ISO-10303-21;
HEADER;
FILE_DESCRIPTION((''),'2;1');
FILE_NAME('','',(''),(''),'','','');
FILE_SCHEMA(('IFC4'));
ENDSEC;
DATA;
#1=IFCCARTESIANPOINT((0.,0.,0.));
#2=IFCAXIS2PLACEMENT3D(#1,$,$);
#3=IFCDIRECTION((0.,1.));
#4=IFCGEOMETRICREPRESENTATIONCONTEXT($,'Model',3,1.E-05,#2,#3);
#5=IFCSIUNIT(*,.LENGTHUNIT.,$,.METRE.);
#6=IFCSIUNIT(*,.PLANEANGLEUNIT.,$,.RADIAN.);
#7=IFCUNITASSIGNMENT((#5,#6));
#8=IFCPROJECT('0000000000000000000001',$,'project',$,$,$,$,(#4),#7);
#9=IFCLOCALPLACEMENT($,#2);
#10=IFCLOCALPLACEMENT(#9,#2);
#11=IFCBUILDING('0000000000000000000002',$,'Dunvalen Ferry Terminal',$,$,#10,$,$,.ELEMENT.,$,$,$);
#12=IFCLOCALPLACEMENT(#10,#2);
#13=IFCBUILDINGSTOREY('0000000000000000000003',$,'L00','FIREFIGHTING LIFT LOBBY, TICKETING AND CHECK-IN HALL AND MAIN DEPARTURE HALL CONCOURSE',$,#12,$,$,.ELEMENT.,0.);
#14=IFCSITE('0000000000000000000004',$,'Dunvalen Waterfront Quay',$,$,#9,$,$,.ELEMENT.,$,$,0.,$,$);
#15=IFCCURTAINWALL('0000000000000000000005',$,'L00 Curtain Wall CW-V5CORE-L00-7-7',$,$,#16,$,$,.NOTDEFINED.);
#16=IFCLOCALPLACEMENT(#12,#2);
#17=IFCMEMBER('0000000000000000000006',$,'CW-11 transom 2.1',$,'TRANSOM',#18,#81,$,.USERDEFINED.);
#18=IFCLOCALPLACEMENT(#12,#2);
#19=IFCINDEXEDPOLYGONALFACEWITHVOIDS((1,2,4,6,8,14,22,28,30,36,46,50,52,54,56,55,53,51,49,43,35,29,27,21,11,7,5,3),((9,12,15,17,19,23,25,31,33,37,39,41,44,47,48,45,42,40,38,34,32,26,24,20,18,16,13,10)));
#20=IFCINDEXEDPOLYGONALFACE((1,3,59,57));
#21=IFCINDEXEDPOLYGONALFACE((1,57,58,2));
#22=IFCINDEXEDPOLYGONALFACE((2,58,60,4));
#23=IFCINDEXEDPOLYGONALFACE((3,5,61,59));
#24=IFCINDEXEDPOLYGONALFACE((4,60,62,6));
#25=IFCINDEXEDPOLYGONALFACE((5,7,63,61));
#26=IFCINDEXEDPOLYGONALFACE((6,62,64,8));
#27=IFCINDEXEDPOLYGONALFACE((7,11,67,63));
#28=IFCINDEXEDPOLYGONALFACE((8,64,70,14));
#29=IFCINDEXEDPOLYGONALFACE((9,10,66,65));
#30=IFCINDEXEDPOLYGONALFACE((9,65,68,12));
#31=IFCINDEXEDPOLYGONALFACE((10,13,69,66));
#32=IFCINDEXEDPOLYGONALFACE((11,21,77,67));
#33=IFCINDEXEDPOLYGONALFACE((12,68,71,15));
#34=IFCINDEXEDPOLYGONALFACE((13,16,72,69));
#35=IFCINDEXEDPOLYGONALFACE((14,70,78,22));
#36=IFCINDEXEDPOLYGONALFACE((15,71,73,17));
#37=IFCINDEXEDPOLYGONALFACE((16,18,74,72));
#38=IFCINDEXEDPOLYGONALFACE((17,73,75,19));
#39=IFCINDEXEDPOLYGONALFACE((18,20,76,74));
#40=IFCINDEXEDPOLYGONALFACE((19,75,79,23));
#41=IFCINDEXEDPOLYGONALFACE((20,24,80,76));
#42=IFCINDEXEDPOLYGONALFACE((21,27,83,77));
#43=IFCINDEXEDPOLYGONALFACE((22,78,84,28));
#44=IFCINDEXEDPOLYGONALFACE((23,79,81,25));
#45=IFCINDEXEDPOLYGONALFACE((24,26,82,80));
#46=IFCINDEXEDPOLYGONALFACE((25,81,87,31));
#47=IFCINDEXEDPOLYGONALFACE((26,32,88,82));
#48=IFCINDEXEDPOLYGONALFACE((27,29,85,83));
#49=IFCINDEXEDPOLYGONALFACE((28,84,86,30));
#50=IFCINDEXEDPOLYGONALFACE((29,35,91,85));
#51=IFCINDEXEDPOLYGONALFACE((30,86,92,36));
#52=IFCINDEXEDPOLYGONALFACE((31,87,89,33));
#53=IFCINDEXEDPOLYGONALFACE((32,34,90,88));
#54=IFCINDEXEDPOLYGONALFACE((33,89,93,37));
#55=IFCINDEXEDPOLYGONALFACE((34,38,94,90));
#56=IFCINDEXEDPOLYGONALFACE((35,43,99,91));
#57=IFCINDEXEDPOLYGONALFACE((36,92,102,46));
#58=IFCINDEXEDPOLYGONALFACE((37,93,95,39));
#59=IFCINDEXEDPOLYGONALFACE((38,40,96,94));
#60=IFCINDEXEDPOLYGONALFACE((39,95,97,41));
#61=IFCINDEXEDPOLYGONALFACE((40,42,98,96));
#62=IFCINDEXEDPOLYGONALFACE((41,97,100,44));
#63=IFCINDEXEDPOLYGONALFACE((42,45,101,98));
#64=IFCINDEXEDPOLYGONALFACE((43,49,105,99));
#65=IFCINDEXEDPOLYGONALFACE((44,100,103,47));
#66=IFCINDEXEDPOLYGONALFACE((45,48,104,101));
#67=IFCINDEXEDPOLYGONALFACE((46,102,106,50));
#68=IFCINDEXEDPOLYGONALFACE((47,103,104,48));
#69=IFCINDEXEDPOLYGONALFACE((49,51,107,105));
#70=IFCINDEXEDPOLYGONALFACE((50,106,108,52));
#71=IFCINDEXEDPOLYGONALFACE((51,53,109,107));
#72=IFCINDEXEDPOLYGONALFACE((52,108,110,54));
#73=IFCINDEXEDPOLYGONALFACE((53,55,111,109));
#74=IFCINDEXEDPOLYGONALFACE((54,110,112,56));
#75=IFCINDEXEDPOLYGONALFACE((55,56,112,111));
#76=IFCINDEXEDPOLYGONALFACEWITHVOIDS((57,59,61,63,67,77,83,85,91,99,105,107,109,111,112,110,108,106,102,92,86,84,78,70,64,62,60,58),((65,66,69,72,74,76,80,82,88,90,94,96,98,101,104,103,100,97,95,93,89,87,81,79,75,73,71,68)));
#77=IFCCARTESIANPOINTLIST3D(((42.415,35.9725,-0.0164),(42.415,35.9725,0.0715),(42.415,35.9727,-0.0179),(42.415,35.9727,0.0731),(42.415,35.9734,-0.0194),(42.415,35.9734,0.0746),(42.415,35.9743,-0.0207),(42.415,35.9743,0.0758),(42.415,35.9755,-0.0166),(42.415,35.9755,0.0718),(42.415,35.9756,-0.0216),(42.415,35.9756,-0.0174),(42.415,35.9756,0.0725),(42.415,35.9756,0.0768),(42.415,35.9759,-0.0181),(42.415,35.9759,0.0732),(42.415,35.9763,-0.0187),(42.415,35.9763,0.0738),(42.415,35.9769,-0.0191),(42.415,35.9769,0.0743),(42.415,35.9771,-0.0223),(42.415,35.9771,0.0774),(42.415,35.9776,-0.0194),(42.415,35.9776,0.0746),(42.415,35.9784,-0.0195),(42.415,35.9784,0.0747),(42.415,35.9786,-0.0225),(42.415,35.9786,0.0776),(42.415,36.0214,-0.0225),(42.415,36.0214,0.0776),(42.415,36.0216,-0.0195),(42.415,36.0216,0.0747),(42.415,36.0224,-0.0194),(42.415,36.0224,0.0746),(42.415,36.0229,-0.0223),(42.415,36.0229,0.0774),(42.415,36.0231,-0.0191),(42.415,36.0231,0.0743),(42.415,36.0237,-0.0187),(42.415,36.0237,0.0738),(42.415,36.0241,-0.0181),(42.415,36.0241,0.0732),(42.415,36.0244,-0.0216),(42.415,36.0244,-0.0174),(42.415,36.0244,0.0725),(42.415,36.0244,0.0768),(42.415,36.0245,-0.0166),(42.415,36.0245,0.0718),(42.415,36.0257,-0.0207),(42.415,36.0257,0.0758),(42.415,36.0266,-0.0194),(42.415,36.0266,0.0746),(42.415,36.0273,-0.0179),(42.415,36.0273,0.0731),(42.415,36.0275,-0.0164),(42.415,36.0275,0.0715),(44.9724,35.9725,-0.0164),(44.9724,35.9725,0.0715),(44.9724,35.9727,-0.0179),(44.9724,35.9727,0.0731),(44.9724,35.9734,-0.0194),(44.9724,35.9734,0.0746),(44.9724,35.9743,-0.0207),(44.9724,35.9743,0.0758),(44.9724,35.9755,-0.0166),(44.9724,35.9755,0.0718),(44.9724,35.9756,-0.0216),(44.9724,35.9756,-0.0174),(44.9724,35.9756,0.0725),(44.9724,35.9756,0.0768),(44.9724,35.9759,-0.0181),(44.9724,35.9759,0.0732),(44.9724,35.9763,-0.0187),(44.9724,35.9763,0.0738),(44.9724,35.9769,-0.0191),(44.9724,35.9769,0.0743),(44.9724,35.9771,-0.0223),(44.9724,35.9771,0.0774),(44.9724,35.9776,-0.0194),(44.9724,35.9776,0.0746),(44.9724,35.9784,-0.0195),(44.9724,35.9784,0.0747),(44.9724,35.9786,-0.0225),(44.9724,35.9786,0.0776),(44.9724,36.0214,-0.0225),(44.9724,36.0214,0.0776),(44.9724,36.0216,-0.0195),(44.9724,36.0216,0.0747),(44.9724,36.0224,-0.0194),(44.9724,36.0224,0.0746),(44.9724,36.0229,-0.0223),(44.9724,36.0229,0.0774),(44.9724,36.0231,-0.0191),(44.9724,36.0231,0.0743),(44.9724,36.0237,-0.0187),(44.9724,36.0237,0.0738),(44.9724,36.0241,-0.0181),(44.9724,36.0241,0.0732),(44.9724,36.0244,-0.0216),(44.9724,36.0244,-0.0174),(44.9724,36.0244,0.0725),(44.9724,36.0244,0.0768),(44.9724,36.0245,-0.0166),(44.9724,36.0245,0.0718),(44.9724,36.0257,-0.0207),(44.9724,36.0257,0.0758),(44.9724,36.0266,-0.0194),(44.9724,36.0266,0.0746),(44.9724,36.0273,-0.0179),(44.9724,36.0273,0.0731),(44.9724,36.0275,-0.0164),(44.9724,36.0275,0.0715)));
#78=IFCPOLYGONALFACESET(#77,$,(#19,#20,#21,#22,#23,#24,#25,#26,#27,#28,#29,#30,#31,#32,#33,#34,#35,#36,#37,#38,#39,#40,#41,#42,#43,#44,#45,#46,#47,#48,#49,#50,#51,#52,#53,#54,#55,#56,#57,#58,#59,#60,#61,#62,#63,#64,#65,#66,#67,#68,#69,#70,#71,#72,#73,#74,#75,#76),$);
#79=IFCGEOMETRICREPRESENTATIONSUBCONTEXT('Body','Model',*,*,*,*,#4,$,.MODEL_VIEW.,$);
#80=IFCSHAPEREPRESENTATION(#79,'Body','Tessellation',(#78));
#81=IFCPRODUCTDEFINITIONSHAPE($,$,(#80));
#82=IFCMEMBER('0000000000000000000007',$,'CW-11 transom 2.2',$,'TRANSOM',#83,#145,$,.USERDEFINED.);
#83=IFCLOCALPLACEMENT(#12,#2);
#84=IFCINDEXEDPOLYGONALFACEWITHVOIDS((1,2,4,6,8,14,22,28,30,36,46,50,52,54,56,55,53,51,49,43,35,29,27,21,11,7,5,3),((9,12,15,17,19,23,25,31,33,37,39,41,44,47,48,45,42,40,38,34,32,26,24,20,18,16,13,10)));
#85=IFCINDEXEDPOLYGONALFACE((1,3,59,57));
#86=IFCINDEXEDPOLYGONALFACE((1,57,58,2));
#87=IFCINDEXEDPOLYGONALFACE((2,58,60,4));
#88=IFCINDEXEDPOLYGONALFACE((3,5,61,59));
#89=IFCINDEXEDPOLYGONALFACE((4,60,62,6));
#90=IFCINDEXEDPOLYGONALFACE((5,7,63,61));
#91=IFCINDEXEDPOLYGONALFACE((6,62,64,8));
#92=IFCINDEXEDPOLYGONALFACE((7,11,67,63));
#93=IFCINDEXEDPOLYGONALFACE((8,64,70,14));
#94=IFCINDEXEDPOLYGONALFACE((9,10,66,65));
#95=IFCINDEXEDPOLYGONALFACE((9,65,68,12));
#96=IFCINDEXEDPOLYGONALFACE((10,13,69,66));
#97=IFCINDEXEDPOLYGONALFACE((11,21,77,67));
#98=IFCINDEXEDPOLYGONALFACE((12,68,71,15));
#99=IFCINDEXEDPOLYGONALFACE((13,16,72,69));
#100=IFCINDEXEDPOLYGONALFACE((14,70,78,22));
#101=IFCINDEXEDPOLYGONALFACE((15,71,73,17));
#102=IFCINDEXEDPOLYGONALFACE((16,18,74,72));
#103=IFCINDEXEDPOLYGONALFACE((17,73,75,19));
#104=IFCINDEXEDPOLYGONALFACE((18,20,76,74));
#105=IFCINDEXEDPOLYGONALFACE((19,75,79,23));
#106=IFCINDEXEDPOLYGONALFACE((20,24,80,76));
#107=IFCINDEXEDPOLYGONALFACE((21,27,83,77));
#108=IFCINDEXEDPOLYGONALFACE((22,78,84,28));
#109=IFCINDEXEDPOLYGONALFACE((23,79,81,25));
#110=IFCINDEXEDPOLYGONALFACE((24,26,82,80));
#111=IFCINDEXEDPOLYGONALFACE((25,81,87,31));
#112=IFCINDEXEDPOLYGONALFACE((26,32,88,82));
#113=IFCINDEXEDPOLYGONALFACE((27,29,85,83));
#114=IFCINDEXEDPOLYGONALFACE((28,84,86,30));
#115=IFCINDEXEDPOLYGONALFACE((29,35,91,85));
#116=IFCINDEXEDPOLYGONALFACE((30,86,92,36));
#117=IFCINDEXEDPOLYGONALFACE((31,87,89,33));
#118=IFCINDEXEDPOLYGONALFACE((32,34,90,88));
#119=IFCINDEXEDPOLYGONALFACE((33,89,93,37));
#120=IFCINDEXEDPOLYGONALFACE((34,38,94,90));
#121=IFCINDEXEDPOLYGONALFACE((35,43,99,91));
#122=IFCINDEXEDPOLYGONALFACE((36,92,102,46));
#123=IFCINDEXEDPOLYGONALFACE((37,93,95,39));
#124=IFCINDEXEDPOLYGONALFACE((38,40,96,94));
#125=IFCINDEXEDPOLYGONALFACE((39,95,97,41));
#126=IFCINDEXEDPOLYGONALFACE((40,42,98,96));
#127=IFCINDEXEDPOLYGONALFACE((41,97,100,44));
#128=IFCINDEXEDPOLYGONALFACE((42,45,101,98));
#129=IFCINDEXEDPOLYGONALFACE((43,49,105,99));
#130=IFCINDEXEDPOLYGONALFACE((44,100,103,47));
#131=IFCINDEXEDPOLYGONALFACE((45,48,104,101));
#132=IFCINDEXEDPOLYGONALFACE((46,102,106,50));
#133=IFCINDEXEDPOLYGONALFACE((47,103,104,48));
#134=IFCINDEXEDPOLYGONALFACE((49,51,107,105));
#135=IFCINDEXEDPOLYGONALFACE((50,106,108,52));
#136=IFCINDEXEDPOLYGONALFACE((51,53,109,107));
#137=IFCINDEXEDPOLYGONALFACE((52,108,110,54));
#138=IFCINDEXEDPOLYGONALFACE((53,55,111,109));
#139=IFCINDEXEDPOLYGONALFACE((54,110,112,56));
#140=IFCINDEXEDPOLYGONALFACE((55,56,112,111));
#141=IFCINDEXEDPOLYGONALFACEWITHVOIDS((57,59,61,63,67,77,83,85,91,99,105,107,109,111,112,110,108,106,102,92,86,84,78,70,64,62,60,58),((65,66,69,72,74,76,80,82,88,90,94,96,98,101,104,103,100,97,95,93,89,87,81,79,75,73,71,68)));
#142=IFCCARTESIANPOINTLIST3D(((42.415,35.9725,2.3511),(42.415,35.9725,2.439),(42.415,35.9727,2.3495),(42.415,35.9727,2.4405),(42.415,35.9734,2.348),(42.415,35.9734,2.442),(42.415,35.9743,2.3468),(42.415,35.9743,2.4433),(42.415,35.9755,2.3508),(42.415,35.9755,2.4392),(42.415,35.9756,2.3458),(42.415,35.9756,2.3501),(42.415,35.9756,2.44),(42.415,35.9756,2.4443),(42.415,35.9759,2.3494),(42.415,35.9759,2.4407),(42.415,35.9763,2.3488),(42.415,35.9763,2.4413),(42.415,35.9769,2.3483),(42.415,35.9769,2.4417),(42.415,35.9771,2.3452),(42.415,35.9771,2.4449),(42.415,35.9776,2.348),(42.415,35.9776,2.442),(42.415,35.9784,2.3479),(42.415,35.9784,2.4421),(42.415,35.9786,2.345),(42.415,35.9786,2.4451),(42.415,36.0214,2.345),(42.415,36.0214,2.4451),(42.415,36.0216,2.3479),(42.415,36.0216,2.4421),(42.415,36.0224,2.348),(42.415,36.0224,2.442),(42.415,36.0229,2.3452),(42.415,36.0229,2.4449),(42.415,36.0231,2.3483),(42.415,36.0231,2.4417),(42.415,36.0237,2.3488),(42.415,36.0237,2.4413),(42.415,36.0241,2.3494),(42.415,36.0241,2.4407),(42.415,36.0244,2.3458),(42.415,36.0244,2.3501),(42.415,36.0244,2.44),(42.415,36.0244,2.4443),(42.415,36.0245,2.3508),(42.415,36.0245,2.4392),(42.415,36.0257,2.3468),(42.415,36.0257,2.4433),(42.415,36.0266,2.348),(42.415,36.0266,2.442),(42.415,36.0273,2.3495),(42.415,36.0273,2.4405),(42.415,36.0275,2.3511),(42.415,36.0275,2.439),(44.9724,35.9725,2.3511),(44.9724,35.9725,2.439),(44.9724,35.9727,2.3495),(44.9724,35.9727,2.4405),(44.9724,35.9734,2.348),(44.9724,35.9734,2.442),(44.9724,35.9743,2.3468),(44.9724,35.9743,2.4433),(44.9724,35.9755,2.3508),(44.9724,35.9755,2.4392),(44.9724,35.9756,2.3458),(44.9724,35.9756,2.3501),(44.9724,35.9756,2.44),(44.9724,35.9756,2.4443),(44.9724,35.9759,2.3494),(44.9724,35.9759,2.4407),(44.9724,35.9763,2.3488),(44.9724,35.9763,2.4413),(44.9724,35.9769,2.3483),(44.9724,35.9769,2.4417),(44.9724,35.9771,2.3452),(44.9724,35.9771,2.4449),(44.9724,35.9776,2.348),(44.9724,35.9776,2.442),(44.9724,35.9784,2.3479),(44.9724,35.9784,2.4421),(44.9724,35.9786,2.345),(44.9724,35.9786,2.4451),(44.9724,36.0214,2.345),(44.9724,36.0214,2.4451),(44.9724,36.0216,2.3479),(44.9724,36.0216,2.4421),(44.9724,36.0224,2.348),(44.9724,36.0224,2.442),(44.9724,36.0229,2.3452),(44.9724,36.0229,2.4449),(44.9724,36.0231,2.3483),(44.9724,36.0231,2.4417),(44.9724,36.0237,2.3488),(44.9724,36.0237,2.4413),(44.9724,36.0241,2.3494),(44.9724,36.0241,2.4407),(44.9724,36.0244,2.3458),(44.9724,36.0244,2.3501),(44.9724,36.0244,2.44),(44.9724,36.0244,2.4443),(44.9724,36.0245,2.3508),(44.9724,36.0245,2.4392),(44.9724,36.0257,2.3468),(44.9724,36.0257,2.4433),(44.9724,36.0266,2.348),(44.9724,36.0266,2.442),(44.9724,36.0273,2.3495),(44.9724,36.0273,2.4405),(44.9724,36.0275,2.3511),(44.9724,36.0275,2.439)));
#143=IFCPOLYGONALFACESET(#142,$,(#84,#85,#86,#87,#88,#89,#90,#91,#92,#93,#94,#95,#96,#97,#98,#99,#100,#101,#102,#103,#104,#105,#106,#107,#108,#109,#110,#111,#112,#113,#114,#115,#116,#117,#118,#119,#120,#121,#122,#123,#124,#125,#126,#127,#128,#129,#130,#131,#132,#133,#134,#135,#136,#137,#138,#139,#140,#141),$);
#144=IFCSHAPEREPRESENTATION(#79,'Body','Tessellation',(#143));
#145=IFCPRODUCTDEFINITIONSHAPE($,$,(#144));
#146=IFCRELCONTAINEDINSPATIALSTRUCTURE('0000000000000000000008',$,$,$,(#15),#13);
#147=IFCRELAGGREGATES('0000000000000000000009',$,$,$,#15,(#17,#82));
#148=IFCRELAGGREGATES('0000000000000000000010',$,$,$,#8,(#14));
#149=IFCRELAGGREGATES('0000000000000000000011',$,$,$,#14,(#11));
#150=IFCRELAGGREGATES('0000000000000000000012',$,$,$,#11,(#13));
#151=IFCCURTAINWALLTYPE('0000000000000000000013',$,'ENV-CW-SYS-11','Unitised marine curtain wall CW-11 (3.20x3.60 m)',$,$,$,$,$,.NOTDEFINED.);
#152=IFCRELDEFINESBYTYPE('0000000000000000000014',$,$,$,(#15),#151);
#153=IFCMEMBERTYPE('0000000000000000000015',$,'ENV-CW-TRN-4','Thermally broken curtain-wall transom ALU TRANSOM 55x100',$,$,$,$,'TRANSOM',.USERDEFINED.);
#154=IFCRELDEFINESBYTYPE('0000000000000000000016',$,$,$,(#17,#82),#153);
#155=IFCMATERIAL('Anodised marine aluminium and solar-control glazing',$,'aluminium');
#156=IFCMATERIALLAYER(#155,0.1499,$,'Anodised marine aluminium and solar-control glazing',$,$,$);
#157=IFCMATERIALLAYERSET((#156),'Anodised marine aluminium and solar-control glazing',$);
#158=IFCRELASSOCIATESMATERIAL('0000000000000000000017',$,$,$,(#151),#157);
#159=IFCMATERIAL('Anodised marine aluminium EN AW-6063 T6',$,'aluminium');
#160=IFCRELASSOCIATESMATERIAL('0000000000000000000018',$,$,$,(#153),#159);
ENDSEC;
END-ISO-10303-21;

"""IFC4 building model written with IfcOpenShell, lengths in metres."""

from ifc_helpers import new_model, si_unit, direction, frame, origin, origin_2d, place, context, subcontext, project, spatial, hollow_rectangle, extrude, material, layer, layer_set, material_profile, profile_set, type_object, element, aggregate, save


model = new_model("IFC4")

# Units and contexts
model_context = context("Model", 3, precision=1e-05, world=origin(), true_north=direction((0.0, 1.0)))
body_context = subcontext(model_context, "Body", "Model", "MODEL_VIEW")
ifc_project = project(units=[si_unit("LENGTHUNIT", "METRE"), si_unit("PLANEANGLEUNIT", "RADIAN")], contexts=[model_context])

# Site, building, storey
site_placement = place(None, origin())
site = spatial("IfcSite", under=ifc_project, at=site_placement, Name="Dunvalen Waterfront Quay", CompositionType="ELEMENT", RefElevation=0.0)
building_placement = place(site_placement, origin())
building = spatial("IfcBuilding", under=site, at=building_placement, Name="Dunvalen Ferry Terminal", CompositionType="ELEMENT")
storey_placement = place(building_placement, origin())
storey = spatial("IfcBuildingStorey", under=building, at=storey_placement, Name="L00", Description="FIREFIGHTING LIFT LOBBY, TICKETING AND CHECK-IN HALL AND MAIN DEPARTURE HALL CONCOURSE", CompositionType="ELEMENT", Elevation=0.0)

# Curtain wall, members
ifc_material_1 = material(Name="Anodised marine aluminium and solar-control glazing", Category="aluminium")
ifc_layer_1 = layer(ifc_material_1, 0.1499, Name="Anodised marine aluminium and solar-control glazing")
ifc_layer_set_1 = layer_set([ifc_layer_1], Name="Anodised marine aluminium and solar-control glazing")
curtain_wall_type = type_object("IfcCurtainWallType", Name="ENV-CW-SYS-11", Description="Unitised marine curtain wall CW-11 (3.20x3.60 m)", PredefinedType="NOTDEFINED", material=ifc_layer_set_1)
curtain_wall_placement = place(storey_placement, origin())
curtain_wall = element("IfcCurtainWall", 1, at=curtain_wall_placement, inside=storey, type_object=curtain_wall_type, Name="L00 Curtain Wall CW-V5CORE-L00-7-7", PredefinedType="NOTDEFINED")
ifc_material_2 = material(Name="Anodised marine aluminium EN AW-6063 T6", Category="aluminium")
ifc_material_profile_1 = material_profile(ifc_material_2, hollow_rectangle(XDim=0.0549, YDim=0.1001, WallThickness=0.0029, InnerFilletRadius=0.0029, OuterFilletRadius=0.0061, at=origin_2d()), Name="Anodised marine aluminium EN AW-6063 T6")
ifc_profile_set_1 = profile_set([ifc_material_profile_1], Name="Anodised marine aluminium EN AW-6063 T6")
member_type_1 = type_object("IfcMemberType", Name="ENV-CW-TRN-4", Description="Thermally broken curtain-wall transom ALU TRANSOM 55x100", ElementType="TRANSOM", PredefinedType="USERDEFINED", material=ifc_profile_set_1)
member_1_placement = place(storey_placement, frame((44.9724, 36.0, 0.0276), z_axis=(-1.0, 0.0, 0.0), x_axis=(0.0, -1.0, 0.0)))
member_1 = element("IfcMember", 2, at=member_1_placement, type_object=member_type_1, Name="CW-11 transom 2.1", ObjectType="TRANSOM", PredefinedType="USERDEFINED", context=body_context, shape_type="SweptSolid", body=[
    extrude(hollow_rectangle(XDim=0.0549, YDim=0.1001, WallThickness=0.0029, InnerFilletRadius=0.0029, OuterFilletRadius=0.0061, at=origin_2d()), origin(), (0.0, 0.0, 1.0), 2.5574),
])
member_2_placement = place(storey_placement, frame((44.9724, 36.0, 2.395), z_axis=(-1.0, 0.0, 0.0), x_axis=(0.0, -1.0, 0.0)))
member_2 = element("IfcMember", 3, at=member_2_placement, type_object=member_type_1, Name="CW-11 transom 2.2", ObjectType="TRANSOM", PredefinedType="USERDEFINED", context=body_context, shape_type="SweptSolid", body=[
    extrude(hollow_rectangle(XDim=0.0549, YDim=0.1001, WallThickness=0.0029, InnerFilletRadius=0.0029, OuterFilletRadius=0.0061, at=origin_2d()), origin(), (0.0, 0.0, 1.0), 2.5574),
])

aggregate(curtain_wall, [member_1, member_2])

save(model, "model.ifc")
